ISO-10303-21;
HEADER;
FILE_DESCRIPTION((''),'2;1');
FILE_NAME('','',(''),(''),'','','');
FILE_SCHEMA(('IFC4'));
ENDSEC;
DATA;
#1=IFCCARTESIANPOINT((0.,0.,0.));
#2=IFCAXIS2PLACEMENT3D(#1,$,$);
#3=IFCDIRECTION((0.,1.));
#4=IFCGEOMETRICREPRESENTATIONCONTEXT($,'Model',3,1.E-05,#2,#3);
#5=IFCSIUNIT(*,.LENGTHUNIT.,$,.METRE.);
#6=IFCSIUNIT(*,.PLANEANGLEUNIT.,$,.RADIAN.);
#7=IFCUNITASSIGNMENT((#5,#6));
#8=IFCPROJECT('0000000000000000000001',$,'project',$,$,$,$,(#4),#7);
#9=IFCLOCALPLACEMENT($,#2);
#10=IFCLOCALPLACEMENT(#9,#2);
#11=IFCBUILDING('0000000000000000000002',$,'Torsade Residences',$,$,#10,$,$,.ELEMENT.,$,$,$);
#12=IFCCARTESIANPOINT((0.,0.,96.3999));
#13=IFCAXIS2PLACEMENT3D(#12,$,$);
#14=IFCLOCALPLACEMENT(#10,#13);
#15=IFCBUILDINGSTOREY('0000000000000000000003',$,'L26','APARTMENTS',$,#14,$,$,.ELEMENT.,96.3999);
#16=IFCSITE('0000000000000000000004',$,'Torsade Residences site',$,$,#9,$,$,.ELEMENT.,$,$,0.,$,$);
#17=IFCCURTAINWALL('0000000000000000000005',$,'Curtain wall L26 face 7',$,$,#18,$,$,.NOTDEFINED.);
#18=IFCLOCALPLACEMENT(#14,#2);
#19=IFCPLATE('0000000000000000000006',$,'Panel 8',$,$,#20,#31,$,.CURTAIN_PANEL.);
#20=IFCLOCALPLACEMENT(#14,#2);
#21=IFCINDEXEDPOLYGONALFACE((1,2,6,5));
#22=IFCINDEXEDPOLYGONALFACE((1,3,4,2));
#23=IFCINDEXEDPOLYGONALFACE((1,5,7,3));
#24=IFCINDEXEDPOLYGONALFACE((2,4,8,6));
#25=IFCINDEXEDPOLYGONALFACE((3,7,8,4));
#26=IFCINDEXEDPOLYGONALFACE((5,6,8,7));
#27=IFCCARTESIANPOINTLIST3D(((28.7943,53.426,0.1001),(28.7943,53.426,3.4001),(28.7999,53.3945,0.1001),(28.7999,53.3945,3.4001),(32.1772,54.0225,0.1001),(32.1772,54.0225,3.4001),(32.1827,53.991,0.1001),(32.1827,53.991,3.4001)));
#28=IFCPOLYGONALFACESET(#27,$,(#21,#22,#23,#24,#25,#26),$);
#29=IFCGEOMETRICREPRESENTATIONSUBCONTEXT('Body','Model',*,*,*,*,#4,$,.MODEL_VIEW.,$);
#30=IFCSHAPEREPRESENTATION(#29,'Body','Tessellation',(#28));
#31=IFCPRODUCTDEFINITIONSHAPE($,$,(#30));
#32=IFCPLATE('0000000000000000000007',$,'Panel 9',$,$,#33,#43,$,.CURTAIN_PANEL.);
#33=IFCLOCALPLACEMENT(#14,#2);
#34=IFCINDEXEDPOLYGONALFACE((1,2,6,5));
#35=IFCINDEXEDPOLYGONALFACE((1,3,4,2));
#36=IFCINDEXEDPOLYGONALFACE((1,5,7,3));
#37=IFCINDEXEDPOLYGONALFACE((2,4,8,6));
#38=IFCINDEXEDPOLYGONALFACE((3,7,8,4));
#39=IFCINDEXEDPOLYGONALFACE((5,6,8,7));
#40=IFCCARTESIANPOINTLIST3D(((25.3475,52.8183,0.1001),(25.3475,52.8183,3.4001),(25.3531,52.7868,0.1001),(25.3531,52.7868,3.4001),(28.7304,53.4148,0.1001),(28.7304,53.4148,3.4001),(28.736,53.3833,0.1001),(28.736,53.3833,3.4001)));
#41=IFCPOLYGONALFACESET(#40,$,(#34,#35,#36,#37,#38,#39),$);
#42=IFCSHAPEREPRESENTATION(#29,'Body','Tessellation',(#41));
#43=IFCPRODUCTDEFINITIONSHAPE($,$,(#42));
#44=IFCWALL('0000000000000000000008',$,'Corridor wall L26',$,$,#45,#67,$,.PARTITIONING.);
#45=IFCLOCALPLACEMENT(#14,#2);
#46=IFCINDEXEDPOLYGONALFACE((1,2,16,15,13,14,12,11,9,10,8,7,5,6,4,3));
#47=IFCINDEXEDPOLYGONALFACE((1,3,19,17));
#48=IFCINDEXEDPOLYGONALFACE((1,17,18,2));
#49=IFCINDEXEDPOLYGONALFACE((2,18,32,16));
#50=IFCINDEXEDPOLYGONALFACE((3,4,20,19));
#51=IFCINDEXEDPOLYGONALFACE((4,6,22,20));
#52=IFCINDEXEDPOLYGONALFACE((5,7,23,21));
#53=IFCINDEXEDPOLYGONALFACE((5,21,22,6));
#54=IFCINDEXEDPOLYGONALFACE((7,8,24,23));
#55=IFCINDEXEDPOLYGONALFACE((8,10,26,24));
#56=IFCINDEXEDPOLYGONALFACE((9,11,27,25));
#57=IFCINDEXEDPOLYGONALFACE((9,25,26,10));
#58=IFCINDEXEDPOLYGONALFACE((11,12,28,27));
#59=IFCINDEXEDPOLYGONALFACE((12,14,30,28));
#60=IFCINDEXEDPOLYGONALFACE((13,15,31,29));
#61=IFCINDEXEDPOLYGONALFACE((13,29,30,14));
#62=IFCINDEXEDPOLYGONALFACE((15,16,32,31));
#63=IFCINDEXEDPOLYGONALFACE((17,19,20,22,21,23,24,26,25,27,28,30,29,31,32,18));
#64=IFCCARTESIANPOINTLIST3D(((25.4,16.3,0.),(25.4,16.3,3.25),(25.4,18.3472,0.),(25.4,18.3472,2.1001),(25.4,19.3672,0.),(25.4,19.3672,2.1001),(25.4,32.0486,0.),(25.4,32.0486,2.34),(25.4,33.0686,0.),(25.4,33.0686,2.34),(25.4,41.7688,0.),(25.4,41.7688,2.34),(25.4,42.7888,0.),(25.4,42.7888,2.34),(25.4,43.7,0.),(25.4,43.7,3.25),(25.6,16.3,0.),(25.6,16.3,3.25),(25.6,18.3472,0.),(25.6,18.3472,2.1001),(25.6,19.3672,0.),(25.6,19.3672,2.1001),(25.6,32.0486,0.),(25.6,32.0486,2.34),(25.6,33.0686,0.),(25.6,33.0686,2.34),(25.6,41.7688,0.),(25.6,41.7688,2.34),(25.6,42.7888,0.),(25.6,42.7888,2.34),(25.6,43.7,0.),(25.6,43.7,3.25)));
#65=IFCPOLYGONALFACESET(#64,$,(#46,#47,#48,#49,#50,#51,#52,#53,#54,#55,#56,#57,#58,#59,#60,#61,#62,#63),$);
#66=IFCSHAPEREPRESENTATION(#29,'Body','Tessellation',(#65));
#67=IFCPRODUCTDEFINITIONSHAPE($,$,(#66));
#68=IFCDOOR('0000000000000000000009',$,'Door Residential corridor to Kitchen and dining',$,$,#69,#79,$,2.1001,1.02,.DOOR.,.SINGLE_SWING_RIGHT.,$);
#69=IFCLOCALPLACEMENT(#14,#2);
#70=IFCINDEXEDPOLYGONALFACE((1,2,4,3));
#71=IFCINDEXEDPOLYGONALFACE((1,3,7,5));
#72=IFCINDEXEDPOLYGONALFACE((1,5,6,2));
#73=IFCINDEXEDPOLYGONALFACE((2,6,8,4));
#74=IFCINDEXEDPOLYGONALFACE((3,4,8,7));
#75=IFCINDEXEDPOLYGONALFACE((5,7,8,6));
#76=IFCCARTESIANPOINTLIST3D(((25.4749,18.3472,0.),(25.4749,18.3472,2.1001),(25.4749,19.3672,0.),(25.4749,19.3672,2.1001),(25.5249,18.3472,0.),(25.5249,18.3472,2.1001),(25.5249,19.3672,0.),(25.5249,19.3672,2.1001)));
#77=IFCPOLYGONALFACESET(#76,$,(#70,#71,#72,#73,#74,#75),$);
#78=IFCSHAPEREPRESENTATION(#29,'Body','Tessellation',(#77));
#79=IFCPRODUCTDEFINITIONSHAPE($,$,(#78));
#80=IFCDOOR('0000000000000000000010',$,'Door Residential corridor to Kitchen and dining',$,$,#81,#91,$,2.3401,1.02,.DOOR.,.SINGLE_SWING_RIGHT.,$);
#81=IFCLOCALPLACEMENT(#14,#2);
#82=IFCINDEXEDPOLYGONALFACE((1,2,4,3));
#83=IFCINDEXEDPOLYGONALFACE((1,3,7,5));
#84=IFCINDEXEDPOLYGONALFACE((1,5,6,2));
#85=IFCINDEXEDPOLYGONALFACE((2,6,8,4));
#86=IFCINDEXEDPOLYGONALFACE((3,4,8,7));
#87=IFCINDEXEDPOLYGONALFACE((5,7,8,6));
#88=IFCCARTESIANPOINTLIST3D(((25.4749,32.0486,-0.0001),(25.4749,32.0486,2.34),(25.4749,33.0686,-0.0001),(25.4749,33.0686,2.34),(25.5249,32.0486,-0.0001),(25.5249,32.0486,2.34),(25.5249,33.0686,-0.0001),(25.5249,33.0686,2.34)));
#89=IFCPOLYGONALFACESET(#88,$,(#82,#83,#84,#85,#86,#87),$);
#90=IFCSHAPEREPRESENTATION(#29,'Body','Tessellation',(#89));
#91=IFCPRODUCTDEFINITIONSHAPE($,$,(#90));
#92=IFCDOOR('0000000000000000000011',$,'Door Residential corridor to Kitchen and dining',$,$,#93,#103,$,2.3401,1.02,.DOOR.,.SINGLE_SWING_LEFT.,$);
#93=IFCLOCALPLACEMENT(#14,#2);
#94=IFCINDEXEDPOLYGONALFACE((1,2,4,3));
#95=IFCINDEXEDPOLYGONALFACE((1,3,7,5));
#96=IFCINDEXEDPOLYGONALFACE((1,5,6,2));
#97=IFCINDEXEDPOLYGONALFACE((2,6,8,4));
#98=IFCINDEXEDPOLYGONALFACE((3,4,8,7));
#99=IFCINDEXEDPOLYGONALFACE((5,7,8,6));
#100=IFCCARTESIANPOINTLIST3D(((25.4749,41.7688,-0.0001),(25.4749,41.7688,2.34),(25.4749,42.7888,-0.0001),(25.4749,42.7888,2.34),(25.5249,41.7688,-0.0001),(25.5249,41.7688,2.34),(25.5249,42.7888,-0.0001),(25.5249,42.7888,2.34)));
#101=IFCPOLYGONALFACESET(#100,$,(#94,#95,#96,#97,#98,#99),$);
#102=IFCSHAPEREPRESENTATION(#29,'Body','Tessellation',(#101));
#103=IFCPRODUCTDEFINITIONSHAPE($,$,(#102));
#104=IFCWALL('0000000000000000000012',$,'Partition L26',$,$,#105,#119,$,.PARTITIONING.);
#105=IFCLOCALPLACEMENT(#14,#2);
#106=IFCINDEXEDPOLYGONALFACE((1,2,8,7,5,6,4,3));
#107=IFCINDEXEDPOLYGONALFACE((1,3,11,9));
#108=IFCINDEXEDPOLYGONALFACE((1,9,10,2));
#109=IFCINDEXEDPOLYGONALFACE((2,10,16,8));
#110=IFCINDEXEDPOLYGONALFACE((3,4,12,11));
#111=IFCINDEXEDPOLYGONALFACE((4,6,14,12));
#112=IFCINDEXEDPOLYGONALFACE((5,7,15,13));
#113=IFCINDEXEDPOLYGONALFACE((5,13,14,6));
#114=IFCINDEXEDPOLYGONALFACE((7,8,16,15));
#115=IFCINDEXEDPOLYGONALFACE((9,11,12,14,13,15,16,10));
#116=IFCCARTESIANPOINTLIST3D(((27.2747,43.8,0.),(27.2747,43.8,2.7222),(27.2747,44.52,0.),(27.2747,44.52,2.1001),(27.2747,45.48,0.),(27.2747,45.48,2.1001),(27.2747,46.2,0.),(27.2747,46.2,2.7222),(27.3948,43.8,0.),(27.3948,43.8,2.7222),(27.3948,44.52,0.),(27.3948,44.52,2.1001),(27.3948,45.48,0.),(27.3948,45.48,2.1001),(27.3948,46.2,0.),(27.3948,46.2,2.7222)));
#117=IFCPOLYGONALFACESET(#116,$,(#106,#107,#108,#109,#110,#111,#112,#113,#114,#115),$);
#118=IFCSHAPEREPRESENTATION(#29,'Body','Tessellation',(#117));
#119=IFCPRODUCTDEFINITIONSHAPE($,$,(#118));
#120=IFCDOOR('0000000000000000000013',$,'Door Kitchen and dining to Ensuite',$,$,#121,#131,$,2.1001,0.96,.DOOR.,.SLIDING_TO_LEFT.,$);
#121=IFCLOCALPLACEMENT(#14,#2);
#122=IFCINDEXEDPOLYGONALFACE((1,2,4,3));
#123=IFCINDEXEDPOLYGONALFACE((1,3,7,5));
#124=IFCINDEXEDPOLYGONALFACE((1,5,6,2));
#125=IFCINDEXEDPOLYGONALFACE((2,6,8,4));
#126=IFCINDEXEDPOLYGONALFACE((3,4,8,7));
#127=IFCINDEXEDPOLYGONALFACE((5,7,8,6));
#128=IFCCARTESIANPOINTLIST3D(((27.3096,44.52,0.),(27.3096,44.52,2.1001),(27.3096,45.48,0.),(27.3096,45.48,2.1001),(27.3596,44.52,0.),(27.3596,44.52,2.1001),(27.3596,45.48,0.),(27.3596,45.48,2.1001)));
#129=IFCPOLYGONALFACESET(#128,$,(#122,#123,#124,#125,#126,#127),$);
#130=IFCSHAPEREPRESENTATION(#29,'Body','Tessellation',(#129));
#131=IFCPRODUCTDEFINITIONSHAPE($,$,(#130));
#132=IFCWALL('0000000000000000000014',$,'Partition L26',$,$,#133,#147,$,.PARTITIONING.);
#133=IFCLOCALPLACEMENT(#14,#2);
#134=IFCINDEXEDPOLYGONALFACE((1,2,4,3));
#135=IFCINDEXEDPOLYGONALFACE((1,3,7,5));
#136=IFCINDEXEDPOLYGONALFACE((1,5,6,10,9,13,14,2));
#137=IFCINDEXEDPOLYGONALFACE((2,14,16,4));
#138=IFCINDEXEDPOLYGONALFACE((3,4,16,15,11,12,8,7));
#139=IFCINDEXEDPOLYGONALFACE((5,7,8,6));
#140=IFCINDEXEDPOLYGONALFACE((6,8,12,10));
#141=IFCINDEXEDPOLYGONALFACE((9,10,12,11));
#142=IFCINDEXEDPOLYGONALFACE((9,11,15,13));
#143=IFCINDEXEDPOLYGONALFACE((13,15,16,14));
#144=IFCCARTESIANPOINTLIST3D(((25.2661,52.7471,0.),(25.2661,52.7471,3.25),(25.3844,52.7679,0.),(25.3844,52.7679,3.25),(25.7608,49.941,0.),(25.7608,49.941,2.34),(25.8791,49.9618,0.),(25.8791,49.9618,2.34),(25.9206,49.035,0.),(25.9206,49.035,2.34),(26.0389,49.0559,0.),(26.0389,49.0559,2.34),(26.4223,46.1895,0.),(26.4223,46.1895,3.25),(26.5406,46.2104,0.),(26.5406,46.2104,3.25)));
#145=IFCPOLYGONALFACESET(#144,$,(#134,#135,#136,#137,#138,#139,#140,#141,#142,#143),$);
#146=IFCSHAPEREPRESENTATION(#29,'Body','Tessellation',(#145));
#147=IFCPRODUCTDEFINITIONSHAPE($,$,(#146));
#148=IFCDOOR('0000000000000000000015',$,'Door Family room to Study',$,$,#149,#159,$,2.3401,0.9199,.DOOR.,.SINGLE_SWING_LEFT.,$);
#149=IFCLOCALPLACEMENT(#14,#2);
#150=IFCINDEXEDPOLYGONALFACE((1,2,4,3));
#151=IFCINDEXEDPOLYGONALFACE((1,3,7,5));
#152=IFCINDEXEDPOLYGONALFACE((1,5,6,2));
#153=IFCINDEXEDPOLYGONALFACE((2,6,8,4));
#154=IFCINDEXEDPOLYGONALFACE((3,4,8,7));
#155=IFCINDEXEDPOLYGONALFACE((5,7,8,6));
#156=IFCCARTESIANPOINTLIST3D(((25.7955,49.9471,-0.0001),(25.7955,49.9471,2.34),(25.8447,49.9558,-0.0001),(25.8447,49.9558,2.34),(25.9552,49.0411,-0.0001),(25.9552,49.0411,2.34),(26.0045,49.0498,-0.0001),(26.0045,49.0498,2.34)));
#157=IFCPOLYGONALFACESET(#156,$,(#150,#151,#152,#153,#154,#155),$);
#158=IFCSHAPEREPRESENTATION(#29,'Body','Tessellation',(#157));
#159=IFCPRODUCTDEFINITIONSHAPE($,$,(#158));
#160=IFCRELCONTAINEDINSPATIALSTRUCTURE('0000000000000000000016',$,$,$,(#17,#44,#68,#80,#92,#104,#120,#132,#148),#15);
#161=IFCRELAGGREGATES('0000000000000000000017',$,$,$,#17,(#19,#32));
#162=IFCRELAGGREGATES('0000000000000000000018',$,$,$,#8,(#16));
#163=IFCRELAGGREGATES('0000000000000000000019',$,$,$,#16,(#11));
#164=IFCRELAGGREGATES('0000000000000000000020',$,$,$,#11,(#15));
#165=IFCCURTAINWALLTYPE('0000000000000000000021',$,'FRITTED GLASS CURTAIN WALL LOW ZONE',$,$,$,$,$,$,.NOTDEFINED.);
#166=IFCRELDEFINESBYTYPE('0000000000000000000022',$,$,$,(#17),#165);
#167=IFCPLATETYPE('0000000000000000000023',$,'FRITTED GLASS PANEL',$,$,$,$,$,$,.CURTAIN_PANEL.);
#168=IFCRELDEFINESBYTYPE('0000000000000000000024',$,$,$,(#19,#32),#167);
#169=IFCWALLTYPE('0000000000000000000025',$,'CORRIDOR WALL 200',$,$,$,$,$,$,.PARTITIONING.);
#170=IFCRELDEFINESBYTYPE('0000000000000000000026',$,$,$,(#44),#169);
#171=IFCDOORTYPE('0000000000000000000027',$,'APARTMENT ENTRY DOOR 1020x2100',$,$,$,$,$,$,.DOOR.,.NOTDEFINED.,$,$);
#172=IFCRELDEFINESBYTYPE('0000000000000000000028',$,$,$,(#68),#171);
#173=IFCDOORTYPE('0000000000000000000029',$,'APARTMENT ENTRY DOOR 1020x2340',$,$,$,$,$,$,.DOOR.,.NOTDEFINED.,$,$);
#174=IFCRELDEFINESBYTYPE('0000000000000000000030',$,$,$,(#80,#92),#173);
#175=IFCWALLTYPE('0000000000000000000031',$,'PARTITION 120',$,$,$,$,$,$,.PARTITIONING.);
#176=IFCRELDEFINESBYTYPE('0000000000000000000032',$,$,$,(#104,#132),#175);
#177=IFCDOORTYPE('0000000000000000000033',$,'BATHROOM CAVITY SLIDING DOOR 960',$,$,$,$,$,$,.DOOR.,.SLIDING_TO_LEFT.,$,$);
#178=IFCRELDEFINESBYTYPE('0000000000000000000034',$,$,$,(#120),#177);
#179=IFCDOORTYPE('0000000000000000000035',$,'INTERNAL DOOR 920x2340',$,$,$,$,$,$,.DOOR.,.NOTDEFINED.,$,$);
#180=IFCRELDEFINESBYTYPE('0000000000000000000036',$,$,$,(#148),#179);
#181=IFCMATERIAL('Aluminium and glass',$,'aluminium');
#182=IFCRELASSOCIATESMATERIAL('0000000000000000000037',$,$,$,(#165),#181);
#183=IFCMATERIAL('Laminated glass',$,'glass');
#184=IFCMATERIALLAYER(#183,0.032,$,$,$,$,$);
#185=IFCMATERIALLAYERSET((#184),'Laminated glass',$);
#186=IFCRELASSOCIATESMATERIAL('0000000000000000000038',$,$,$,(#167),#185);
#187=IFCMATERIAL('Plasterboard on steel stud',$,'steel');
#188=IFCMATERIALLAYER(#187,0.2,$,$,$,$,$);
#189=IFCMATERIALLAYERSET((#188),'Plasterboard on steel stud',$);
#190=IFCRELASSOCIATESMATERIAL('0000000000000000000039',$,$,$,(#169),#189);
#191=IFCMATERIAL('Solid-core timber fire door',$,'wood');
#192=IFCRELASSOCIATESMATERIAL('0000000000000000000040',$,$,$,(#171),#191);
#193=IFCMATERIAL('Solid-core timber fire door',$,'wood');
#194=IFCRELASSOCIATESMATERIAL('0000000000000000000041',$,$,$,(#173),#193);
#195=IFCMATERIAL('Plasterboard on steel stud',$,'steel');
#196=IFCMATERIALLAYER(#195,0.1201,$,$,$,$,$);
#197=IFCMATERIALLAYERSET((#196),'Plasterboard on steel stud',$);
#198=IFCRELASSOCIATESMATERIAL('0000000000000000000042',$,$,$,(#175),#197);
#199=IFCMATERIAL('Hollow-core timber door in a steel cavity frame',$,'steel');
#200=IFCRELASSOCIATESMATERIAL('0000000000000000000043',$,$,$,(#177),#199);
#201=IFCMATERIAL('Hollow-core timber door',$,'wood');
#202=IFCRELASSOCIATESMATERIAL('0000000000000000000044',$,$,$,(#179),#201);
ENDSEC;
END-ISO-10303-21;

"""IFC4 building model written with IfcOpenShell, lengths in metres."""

from ifc_helpers import new_model, si_unit, direction, frame, frame_2d, origin, origin_2d, place, context, subcontext, project, spatial, rectangle, extrude, material, layer, layer_set, type_object, element, fill, aggregate, save


model = new_model("IFC4")

# Units and contexts
model_context = context("Model", 3, precision=1e-05, world=origin(), true_north=direction((0.0, 1.0)))
body_context = subcontext(model_context, "Body", "Model", "MODEL_VIEW")
ifc_project = project(units=[si_unit("LENGTHUNIT", "METRE"), si_unit("PLANEANGLEUNIT", "RADIAN")], contexts=[model_context])

# Site, building, storey
site_placement = place(None, origin())
site = spatial("IfcSite", under=ifc_project, at=site_placement, Name="Torsade Residences site", CompositionType="ELEMENT", RefElevation=0.0)
building_placement = place(site_placement, origin())
building = spatial("IfcBuilding", under=site, at=building_placement, Name="Torsade Residences", CompositionType="ELEMENT")
storey_placement = place(building_placement, frame((0.0, 0.0, 96.3999)))
storey = spatial("IfcBuildingStorey", under=building, at=storey_placement, Name="L26", Description="APARTMENTS", CompositionType="ELEMENT", Elevation=96.3999)

# Curtain wall
ifc_material_1 = material(Name="Aluminium and glass", Category="aluminium")
curtain_wall_type = type_object("IfcCurtainWallType", Name="FRITTED GLASS CURTAIN WALL LOW ZONE", PredefinedType="NOTDEFINED", material=ifc_material_1)
curtain_wall_placement = place(storey_placement, origin())
curtain_wall = element("IfcCurtainWall", 1, at=curtain_wall_placement, inside=storey, type_object=curtain_wall_type, Name="Curtain wall L26 face 7", PredefinedType="NOTDEFINED")

# Plates
ifc_material_2 = material(Name="Laminated glass", Category="glass")
ifc_layer_1 = layer(ifc_material_2, 0.032)
ifc_layer_set_1 = layer_set([ifc_layer_1], Name="Laminated glass")
plate_type = type_object("IfcPlateType", Name="FRITTED GLASS PANEL", PredefinedType="CURTAIN_PANEL", material=ifc_layer_set_1)
plate_1_placement = place(storey_placement, frame((30.4885, 53.7085, 0.1001), z_axis=(0.0, 0.0, 1.0), x_axis=(-0.984808, -0.173648, 0.0)))
plate_1 = element("IfcPlate", 2, at=plate_1_placement, type_object=plate_type, Name="Panel 8", PredefinedType="CURTAIN_PANEL", context=body_context, shape_type="SweptSolid", body=[
    extrude(rectangle(XDim=3.4351, YDim=0.032, at=origin_2d()), origin(), (0.0, 0.0, 1.0), 3.3),
])
plate_2_placement = place(storey_placement, frame((27.0417, 53.1008, 0.1001), z_axis=(0.0, 0.0, 1.0), x_axis=(-0.984808, -0.173648, 0.0)))
plate_2 = element("IfcPlate", 3, at=plate_2_placement, type_object=plate_type, Name="Panel 9", PredefinedType="CURTAIN_PANEL", context=body_context, shape_type="SweptSolid", body=[
    extrude(rectangle(XDim=3.4351, YDim=0.032, at=origin_2d()), origin(), (0.0, 0.0, 1.0), 3.3),
])
aggregate(curtain_wall, [plate_1, plate_2])

# Wall, openings, doors
ifc_material_3 = material(Name="Plasterboard on steel stud", Category="steel")
ifc_layer_2 = layer(ifc_material_3, 0.2)
ifc_layer_set_2 = layer_set([ifc_layer_2], Name="Plasterboard on steel stud")
wall_type_1 = type_object("IfcWallType", Name="CORRIDOR WALL 200", PredefinedType="PARTITIONING", material=ifc_layer_set_2)
wall_1_placement = place(storey_placement, frame((25.5, 43.7, 0.0), z_axis=(0.0, 0.0, 1.0), x_axis=(0.0, -1.0, 0.0)))
wall_1 = element("IfcWall", 4, at=wall_1_placement, inside=storey, type_object=wall_type_1, Name="Corridor wall L26", PredefinedType="PARTITIONING", context=body_context, shape_type="SweptSolid", body=[
    extrude(rectangle(XDim=27.3999, YDim=0.2, at=frame_2d((13.7, 0.0))), origin(), (0.0, 0.0, 1.0), 3.25),
])
opening_1_placement = place(wall_1_placement, frame((24.3328, 0.0, 0.0)))
opening_1 = element("IfcOpeningElement", 5, at=opening_1_placement, cuts=wall_1, PredefinedType="OPENING", context=body_context, shape_type="SweptSolid", body=[
    extrude(rectangle(XDim=1.02, YDim=2.1001, at=frame_2d((0.51, 1.05))), frame((0.0, 0.1099, 0.0), z_axis=(0.0, -1.0, 0.0), x_axis=(1.0, 0.0, 0.0)), (0.0, 0.0, 1.0), 0.22),
])
opening_2_placement = place(wall_1_placement, frame((10.6313, 0.0, 0.0)))
opening_2 = element("IfcOpeningElement", 6, at=opening_2_placement, cuts=wall_1, PredefinedType="OPENING", context=body_context, shape_type="SweptSolid", body=[
    extrude(rectangle(XDim=1.02, YDim=2.3401, at=frame_2d((0.51, 1.1699))), frame((0.0, 0.1099, 0.0), z_axis=(0.0, -1.0, 0.0), x_axis=(1.0, 0.0, 0.0)), (0.0, 0.0, 1.0), 0.22),
])
opening_3_placement = place(wall_1_placement, frame((0.9111, 0.0, 0.0)))
opening_3 = element("IfcOpeningElement", 7, at=opening_3_placement, cuts=wall_1, PredefinedType="OPENING", context=body_context, shape_type="SweptSolid", body=[
    extrude(rectangle(XDim=1.02, YDim=2.3401, at=frame_2d((0.51, 1.1699))), frame((0.0, 0.1099, 0.0), z_axis=(0.0, -1.0, 0.0), x_axis=(1.0, 0.0, 0.0)), (0.0, 0.0, 1.0), 0.22),
])
ifc_material_4 = material(Name="Solid-core timber fire door", Category="wood")
door_type_1 = type_object("IfcDoorType", Name="APARTMENT ENTRY DOOR 1020x2100", OperationType="NOTDEFINED", PredefinedType="DOOR", material=ifc_material_4)
door_1_placement = place(opening_1_placement, origin())
door_1 = element("IfcDoor", 8, at=door_1_placement, inside=storey, type_object=door_type_1, Name="Door Residential corridor to Kitchen and dining", OperationType="SINGLE_SWING_RIGHT", OverallHeight=2.1001, OverallWidth=1.02, PredefinedType="DOOR", context=body_context, shape_type="SweptSolid", body=[
    extrude(rectangle(XDim=1.02, YDim=2.1001, at=frame_2d((0.51, 1.05))), frame((0.0, 0.0249, 0.0), z_axis=(0.0, -1.0, 0.0), x_axis=(1.0, 0.0, 0.0)), (0.0, 0.0, 1.0), 0.05),
])
fill(opening_1, door_1)
ifc_material_5 = material(Name="Solid-core timber fire door", Category="wood")
door_type_2 = type_object("IfcDoorType", Name="APARTMENT ENTRY DOOR 1020x2340", OperationType="NOTDEFINED", PredefinedType="DOOR", material=ifc_material_5)
door_2_placement = place(opening_2_placement, origin())
door_2 = element("IfcDoor", 9, at=door_2_placement, inside=storey, type_object=door_type_2, Name="Door Residential corridor to Kitchen and dining", OperationType="SINGLE_SWING_RIGHT", OverallHeight=2.3401, OverallWidth=1.02, PredefinedType="DOOR", context=body_context, shape_type="SweptSolid", body=[
    extrude(rectangle(XDim=1.02, YDim=2.3401, at=frame_2d((0.51, 1.1699))), frame((0.0, 0.0249, 0.0), z_axis=(0.0, -1.0, 0.0), x_axis=(1.0, 0.0, 0.0)), (0.0, 0.0, 1.0), 0.05),
])
fill(opening_2, door_2)
door_3_placement = place(opening_3_placement, origin())
door_3 = element("IfcDoor", 10, at=door_3_placement, inside=storey, type_object=door_type_2, Name="Door Residential corridor to Kitchen and dining", OperationType="SINGLE_SWING_LEFT", OverallHeight=2.3401, OverallWidth=1.02, PredefinedType="DOOR", context=body_context, shape_type="SweptSolid", body=[
    extrude(rectangle(XDim=1.02, YDim=2.3401, at=frame_2d((0.51, 1.1699))), frame((0.0, 0.0249, 0.0), z_axis=(0.0, -1.0, 0.0), x_axis=(1.0, 0.0, 0.0)), (0.0, 0.0, 1.0), 0.05),
])
fill(opening_3, door_3)

# Walls, openings, doors
ifc_material_6 = material(Name="Plasterboard on steel stud", Category="steel")
ifc_layer_3 = layer(ifc_material_6, 0.1201)
ifc_layer_set_3 = layer_set([ifc_layer_3], Name="Plasterboard on steel stud")
wall_type_2 = type_object("IfcWallType", Name="PARTITION 120", PredefinedType="PARTITIONING", material=ifc_layer_set_3)
wall_2_placement = place(storey_placement, frame((27.3347, 46.2, 0.0), z_axis=(0.0, 0.0, 1.0), x_axis=(0.0, -1.0, 0.0)))
wall_2 = element("IfcWall", 11, at=wall_2_placement, inside=storey, type_object=wall_type_2, Name="Partition L26", PredefinedType="PARTITIONING", context=body_context, shape_type="SweptSolid", body=[
    extrude(rectangle(XDim=2.3999, YDim=0.1201, at=frame_2d((1.2, 0.0))), origin(), (0.0, 0.0, 1.0), 2.7222),
])
opening_4_placement = place(wall_2_placement, frame((0.72, 0.0, 0.0)))
opening_4 = element("IfcOpeningElement", 12, at=opening_4_placement, cuts=wall_2, PredefinedType="OPENING", context=body_context, shape_type="SweptSolid", body=[
    extrude(rectangle(XDim=0.96, YDim=2.1001, at=frame_2d((0.48, 1.05))), frame((0.0, 0.0701, 0.0), z_axis=(0.0, -1.0, 0.0), x_axis=(1.0, 0.0, 0.0)), (0.0, 0.0, 1.0), 0.1401),
])
ifc_material_7 = material(Name="Hollow-core timber door in a steel cavity frame", Category="steel")
door_type_3 = type_object("IfcDoorType", Name="BATHROOM CAVITY SLIDING DOOR 960", OperationType="SLIDING_TO_LEFT", PredefinedType="DOOR", material=ifc_material_7)
door_4_placement = place(opening_4_placement, origin())
door_4 = element("IfcDoor", 13, at=door_4_placement, inside=storey, type_object=door_type_3, Name="Door Kitchen and dining to Ensuite", OperationType="SLIDING_TO_LEFT", OverallHeight=2.1001, OverallWidth=0.96, PredefinedType="DOOR", context=body_context, shape_type="SweptSolid", body=[
    extrude(rectangle(XDim=0.96, YDim=2.1001, at=frame_2d((0.48, 1.05))), frame((0.0, 0.0249, 0.0), z_axis=(0.0, -1.0, 0.0), x_axis=(1.0, 0.0, 0.0)), (0.0, 0.0, 1.0), 0.05),
])
fill(opening_4, door_4)
wall_3_placement = place(storey_placement, frame((26.4814, 46.2, 0.0), z_axis=(0.0, 0.0, 1.0), x_axis=(-0.173643, 0.984809, 0.0)))
wall_3 = element("IfcWall", 14, at=wall_3_placement, inside=storey, type_object=wall_type_2, Name="Partition L26", PredefinedType="PARTITIONING", context=body_context, shape_type="SweptSolid", body=[
    extrude(rectangle(XDim=6.6587, YDim=0.1201, at=frame_2d((3.3293, 0.0))), origin(), (0.0, 0.0, 1.0), 3.25),
])
opening_5_placement = place(wall_3_placement, frame((2.8894, 0.0, 0.0)))
opening_5 = element("IfcOpeningElement", 15, at=opening_5_placement, cuts=wall_3, PredefinedType="OPENING", context=body_context, shape_type="SweptSolid", body=[
    extrude(rectangle(XDim=0.9199, YDim=2.3401, at=frame_2d((0.46, 1.1699))), frame((0.0, 0.0701, 0.0), z_axis=(0.0, -1.0, 0.0), x_axis=(1.0, 0.0, 0.0)), (0.0, 0.0, 1.0), 0.1401),
])
ifc_material_8 = material(Name="Hollow-core timber door", Category="wood")
door_type_4 = type_object("IfcDoorType", Name="INTERNAL DOOR 920x2340", OperationType="NOTDEFINED", PredefinedType="DOOR", material=ifc_material_8)
door_5_placement = place(opening_5_placement, origin())
door_5 = element("IfcDoor", 16, at=door_5_placement, inside=storey, type_object=door_type_4, Name="Door Family room to Study", OperationType="SINGLE_SWING_LEFT", OverallHeight=2.3401, OverallWidth=0.9199, PredefinedType="DOOR", context=body_context, shape_type="SweptSolid", body=[
    extrude(rectangle(XDim=0.9199, YDim=2.3401, at=frame_2d((0.46, 1.1699))), frame((0.0, 0.0249, 0.0), z_axis=(0.0, -1.0, 0.0), x_axis=(1.0, 0.0, 0.0)), (0.0, 0.0, 1.0), 0.05),
])
fill(opening_5, door_5)

save(model, "model.ifc")
